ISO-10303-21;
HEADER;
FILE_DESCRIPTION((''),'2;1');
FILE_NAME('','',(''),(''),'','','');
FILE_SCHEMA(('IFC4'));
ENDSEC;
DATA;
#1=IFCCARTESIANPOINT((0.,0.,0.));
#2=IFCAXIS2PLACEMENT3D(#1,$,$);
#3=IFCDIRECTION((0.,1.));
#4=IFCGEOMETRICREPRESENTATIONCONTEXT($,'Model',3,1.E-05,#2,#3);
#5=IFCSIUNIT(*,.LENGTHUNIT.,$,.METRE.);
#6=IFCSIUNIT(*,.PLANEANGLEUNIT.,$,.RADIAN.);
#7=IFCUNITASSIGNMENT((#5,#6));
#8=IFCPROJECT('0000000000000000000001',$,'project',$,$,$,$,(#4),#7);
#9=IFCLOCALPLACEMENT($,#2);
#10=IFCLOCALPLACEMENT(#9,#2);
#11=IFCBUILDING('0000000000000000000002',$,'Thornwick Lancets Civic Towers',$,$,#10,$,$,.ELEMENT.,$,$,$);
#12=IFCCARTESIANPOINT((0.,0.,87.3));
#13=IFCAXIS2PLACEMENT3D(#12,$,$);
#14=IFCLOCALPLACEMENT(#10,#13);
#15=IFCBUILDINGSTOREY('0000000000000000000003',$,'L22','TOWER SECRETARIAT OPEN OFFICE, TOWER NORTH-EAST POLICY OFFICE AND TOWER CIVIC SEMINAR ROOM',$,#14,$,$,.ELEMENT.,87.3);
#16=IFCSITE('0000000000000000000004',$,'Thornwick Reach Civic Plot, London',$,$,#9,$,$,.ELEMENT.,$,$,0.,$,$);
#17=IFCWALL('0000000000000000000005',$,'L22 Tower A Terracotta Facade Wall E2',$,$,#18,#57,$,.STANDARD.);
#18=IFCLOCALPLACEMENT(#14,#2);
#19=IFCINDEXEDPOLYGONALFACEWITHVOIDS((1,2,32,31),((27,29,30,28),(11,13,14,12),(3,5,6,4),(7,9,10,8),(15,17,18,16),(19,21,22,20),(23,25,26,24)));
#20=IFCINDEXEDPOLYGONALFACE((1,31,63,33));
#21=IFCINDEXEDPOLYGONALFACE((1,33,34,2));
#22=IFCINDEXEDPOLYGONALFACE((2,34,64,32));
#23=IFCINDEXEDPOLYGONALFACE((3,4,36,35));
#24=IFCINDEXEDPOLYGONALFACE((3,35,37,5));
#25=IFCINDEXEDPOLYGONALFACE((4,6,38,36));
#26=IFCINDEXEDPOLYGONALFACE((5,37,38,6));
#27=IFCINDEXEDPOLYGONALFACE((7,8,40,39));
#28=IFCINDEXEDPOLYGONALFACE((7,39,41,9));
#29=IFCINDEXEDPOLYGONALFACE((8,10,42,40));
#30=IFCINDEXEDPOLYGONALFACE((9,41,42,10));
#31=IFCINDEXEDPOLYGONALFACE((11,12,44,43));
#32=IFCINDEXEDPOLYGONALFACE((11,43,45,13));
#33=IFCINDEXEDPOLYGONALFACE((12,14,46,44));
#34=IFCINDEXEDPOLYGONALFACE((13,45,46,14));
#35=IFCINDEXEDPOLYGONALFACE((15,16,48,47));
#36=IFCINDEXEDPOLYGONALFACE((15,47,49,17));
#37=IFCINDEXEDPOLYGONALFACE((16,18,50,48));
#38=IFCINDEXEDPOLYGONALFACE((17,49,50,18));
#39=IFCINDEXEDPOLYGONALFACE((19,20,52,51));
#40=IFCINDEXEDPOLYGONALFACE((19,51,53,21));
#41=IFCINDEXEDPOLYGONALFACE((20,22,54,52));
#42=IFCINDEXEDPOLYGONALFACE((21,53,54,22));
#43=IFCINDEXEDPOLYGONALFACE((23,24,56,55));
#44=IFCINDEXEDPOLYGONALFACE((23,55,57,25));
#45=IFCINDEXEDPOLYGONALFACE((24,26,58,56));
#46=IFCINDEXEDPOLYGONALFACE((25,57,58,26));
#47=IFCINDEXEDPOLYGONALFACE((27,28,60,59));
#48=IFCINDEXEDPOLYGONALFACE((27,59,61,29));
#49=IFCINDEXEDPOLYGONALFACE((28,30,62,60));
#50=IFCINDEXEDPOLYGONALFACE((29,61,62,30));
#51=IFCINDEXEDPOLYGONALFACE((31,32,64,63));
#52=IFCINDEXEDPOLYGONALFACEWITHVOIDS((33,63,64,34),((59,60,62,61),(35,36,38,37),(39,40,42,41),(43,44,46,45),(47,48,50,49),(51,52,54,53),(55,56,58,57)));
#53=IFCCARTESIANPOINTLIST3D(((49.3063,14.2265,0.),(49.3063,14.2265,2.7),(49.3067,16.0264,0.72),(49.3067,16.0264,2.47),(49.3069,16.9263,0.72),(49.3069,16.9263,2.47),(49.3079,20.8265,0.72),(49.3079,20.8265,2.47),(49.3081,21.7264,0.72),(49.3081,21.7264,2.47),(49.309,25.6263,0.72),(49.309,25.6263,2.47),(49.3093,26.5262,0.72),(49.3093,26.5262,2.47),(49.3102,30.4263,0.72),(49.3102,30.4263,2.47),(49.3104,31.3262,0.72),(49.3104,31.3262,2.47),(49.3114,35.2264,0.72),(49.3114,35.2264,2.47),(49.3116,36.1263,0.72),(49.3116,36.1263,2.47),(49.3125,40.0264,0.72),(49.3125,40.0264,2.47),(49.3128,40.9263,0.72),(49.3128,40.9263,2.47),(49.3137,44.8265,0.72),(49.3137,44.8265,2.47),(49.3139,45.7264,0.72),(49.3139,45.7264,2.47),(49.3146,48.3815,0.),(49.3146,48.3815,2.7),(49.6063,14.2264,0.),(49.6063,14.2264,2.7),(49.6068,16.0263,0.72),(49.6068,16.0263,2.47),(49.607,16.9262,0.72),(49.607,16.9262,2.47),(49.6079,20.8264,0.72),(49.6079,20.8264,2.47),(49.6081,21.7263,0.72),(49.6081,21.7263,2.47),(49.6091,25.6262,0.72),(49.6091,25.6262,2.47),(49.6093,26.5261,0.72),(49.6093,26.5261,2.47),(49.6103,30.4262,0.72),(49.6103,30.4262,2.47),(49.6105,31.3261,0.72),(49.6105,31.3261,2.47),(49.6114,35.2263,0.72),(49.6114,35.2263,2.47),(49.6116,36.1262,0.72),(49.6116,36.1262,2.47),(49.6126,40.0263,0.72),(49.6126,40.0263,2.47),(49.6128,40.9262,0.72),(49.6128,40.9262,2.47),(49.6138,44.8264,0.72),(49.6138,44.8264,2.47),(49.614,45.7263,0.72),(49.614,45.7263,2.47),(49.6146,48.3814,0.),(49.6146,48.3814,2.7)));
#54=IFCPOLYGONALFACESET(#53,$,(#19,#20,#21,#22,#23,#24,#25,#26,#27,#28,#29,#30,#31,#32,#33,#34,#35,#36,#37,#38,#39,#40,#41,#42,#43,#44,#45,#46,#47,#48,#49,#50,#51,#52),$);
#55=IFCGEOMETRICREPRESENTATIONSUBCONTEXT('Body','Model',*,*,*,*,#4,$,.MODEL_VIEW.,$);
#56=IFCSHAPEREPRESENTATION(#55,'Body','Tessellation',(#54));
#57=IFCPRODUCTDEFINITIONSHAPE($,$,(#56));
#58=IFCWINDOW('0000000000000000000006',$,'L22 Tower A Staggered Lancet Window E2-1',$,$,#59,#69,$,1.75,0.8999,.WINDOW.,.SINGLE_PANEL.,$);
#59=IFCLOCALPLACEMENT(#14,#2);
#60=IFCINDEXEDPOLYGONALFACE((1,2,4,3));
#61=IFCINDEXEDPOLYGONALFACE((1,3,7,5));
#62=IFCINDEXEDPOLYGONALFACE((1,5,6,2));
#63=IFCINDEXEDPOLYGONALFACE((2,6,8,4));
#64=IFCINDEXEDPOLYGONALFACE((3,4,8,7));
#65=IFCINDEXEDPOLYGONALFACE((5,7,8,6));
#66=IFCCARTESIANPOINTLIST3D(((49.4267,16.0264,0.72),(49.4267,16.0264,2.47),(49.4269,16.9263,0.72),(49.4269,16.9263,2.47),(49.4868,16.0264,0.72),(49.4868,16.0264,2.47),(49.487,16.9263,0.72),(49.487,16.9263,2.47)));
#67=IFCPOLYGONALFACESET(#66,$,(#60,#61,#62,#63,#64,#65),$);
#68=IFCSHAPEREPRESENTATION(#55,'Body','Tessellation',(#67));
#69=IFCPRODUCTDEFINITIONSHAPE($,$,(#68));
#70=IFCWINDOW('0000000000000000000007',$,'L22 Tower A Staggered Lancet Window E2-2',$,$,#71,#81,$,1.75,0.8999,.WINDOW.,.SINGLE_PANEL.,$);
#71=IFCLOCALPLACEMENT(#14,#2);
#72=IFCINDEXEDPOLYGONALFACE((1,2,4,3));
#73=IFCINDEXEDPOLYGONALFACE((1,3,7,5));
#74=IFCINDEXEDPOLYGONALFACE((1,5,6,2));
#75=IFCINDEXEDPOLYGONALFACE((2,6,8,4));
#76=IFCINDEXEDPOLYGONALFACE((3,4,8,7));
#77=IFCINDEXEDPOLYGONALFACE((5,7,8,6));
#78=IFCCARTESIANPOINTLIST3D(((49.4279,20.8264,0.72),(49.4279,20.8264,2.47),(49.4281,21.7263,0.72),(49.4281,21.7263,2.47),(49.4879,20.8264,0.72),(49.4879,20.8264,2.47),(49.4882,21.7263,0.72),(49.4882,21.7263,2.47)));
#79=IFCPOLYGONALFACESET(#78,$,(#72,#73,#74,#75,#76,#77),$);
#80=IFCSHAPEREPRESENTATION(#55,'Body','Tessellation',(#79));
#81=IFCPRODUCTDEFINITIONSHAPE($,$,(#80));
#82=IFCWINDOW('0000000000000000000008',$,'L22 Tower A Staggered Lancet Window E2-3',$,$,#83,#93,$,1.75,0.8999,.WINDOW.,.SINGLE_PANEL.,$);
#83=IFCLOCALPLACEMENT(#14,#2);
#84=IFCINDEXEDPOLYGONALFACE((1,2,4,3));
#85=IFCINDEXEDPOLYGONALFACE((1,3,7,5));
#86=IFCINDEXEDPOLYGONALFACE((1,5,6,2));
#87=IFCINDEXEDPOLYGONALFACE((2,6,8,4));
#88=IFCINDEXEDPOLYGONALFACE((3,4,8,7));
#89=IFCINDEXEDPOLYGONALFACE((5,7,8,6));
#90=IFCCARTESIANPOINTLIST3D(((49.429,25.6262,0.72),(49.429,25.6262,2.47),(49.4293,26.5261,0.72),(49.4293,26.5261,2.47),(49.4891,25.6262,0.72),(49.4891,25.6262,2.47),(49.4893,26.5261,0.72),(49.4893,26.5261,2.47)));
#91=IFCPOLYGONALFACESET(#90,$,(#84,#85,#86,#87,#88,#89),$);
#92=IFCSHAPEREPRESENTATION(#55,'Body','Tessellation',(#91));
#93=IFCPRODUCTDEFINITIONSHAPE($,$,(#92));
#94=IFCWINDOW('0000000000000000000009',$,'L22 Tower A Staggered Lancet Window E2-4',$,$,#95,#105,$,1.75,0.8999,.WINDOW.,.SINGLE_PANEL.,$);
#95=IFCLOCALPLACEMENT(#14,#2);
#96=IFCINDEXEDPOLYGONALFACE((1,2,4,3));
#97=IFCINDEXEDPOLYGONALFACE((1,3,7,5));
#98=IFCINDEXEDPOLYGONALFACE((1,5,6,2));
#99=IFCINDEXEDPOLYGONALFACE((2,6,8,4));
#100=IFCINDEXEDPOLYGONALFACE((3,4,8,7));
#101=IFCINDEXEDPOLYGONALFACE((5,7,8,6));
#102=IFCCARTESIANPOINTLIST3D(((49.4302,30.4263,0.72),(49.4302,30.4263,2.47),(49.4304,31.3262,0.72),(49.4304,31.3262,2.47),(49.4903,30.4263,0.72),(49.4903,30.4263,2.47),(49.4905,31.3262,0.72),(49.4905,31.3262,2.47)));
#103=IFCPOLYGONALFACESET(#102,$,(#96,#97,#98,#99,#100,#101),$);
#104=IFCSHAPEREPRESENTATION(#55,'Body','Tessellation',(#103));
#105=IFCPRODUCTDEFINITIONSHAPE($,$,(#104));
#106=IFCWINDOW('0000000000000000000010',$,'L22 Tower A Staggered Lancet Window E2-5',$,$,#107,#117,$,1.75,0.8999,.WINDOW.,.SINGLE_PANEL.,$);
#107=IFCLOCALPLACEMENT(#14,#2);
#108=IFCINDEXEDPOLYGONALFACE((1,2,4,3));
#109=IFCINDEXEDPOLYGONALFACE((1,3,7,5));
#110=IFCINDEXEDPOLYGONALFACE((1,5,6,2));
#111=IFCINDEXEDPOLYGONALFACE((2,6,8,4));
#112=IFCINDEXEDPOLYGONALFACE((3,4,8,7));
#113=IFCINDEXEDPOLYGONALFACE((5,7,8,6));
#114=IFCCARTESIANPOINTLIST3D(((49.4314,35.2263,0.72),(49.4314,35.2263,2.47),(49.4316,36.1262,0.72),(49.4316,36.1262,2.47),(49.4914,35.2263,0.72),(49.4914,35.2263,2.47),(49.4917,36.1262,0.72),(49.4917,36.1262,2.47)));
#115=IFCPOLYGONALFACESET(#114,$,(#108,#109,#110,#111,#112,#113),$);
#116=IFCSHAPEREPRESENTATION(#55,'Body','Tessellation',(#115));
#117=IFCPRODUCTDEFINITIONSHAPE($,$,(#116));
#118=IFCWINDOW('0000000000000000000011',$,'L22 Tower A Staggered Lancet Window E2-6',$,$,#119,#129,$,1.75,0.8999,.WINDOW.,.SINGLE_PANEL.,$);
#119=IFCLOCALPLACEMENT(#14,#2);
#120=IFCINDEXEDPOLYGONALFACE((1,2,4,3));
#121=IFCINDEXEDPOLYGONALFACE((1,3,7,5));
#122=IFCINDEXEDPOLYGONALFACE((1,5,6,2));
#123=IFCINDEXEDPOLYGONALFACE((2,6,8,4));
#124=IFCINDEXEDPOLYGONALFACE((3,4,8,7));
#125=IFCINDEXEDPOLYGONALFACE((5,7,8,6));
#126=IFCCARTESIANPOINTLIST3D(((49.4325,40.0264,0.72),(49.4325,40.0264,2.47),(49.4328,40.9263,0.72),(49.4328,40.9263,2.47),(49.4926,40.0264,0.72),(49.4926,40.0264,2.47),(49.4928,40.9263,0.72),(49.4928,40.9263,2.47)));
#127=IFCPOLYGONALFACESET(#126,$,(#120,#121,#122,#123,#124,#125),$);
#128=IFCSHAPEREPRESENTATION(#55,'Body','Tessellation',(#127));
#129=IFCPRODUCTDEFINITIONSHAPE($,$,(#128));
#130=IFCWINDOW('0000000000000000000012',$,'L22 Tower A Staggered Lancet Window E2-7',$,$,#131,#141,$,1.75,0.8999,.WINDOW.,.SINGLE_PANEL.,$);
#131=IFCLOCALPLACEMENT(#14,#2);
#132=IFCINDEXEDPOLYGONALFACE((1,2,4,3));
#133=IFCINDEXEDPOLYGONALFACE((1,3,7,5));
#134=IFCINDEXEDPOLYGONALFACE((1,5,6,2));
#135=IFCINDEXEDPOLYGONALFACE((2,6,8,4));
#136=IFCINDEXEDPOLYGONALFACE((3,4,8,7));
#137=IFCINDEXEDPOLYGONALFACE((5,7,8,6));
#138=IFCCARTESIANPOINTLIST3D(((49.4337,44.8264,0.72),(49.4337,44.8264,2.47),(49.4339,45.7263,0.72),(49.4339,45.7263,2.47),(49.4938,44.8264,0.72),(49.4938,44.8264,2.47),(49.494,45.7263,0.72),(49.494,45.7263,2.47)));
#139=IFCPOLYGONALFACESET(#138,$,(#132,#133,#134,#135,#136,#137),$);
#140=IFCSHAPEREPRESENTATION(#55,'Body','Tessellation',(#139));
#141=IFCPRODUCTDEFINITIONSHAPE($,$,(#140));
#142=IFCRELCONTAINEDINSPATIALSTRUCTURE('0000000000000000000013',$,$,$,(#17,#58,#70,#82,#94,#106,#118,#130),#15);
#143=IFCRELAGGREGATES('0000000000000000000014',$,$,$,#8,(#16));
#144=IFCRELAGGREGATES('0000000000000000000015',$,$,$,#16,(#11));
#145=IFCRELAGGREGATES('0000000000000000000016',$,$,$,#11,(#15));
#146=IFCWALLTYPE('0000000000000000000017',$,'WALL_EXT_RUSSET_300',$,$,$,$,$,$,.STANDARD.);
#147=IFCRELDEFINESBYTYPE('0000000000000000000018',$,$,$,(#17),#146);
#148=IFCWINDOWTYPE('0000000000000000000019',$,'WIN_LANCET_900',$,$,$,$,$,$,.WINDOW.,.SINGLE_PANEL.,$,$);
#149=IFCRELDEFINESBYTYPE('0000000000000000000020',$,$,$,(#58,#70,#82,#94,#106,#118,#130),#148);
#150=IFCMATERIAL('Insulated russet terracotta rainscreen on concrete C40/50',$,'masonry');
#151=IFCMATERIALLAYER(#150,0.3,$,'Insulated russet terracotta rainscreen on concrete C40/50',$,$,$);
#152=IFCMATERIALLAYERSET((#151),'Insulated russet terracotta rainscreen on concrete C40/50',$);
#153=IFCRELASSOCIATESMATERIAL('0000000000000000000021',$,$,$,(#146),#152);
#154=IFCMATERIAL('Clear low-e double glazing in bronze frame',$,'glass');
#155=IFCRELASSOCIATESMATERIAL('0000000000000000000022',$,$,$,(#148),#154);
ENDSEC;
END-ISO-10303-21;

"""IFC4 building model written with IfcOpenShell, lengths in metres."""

from ifc_helpers import new_model, si_unit, direction, frame, frame_2d, origin, place, context, subcontext, project, spatial, rectangle, extrude, material, layer, layer_set, type_object, element, fill, save


model = new_model("IFC4")

# Units and contexts
model_context = context("Model", 3, precision=1e-05, world=origin(), true_north=direction((0.0, 1.0)))
body_context = subcontext(model_context, "Body", "Model", "MODEL_VIEW")
ifc_project = project(units=[si_unit("LENGTHUNIT", "METRE"), si_unit("PLANEANGLEUNIT", "RADIAN")], contexts=[model_context])

# Site, building, storey
site_placement = place(None, origin())
site = spatial("IfcSite", under=ifc_project, at=site_placement, Name="Thornwick Reach Civic Plot, London", CompositionType="ELEMENT", RefElevation=0.0)
building_placement = place(site_placement, origin())
building = spatial("IfcBuilding", under=site, at=building_placement, Name="Thornwick Lancets Civic Towers", CompositionType="ELEMENT")
storey_placement = place(building_placement, frame((0.0, 0.0, 87.3)))
storey = spatial("IfcBuildingStorey", under=building, at=storey_placement, Name="L22", Description="TOWER SECRETARIAT OPEN OFFICE, TOWER NORTH-EAST POLICY OFFICE AND TOWER CIVIC SEMINAR ROOM", CompositionType="ELEMENT", Elevation=87.3)

# Wall, openings, windows
ifc_material_1 = material(Name="Insulated russet terracotta rainscreen on concrete C40/50", Category="masonry")
ifc_layer_1 = layer(ifc_material_1, 0.3, Name="Insulated russet terracotta rainscreen on concrete C40/50")
ifc_layer_set_1 = layer_set([ifc_layer_1], Name="Insulated russet terracotta rainscreen on concrete C40/50")
wall_type_1 = type_object("IfcWallType", Name="WALL_EXT_RUSSET_300", PredefinedType="STANDARD", material=ifc_layer_set_1)
wall_1_placement = place(storey_placement, frame((49.4563, 14.2263, 0.0), z_axis=(0.0, 0.0, 1.0), x_axis=(0.000243, 1.0, 0.0)))
wall_1 = element("IfcWall", 1, at=wall_1_placement, inside=storey, type_object=wall_type_1, Name="L22 Tower A Terracotta Facade Wall E2", PredefinedType="STANDARD", context=body_context, shape_type="SweptSolid", body=[
    extrude(rectangle(XDim=34.155, YDim=0.3, at=frame_2d((17.0776, 0.0))), origin(), (0.0, 0.0, 1.0), 2.7),
])
opening_1_placement = place(wall_1_placement, frame((1.8, 0.0, 0.72)))
opening_1 = element("IfcOpeningElement", 2, at=opening_1_placement, cuts=wall_1, PredefinedType="OPENING", context=body_context, shape_type="SweptSolid", body=[
    extrude(rectangle(XDim=0.8999, YDim=1.75, at=frame_2d((0.45, 0.875))), frame((0.0, 0.1602, 0.0), z_axis=(0.0, -1.0, 0.0), x_axis=(1.0, 0.0, 0.0)), (0.0, 0.0, 1.0), 0.3201),
])
opening_2_placement = place(wall_1_placement, frame((6.6001, 0.0, 0.72)))
opening_2 = element("IfcOpeningElement", 3, at=opening_2_placement, cuts=wall_1, PredefinedType="OPENING", context=body_context, shape_type="SweptSolid", body=[
    extrude(rectangle(XDim=0.8999, YDim=1.75, at=frame_2d((0.45, 0.875))), frame((0.0, 0.1602, 0.0), z_axis=(0.0, -1.0, 0.0), x_axis=(1.0, 0.0, 0.0)), (0.0, 0.0, 1.0), 0.3201),
])
opening_3_placement = place(wall_1_placement, frame((11.3999, 0.0, 0.72)))
opening_3 = element("IfcOpeningElement", 4, at=opening_3_placement, cuts=wall_1, PredefinedType="OPENING", context=body_context, shape_type="SweptSolid", body=[
    extrude(rectangle(XDim=0.8999, YDim=1.75, at=frame_2d((0.45, 0.875))), frame((0.0, 0.1602, 0.0), z_axis=(0.0, -1.0, 0.0), x_axis=(1.0, 0.0, 0.0)), (0.0, 0.0, 1.0), 0.3201),
])
opening_4_placement = place(wall_1_placement, frame((16.2, 0.0, 0.72)))
opening_4 = element("IfcOpeningElement", 5, at=opening_4_placement, cuts=wall_1, PredefinedType="OPENING", context=body_context, shape_type="SweptSolid", body=[
    extrude(rectangle(XDim=0.8999, YDim=1.75, at=frame_2d((0.45, 0.875))), frame((0.0, 0.1602, 0.0), z_axis=(0.0, -1.0, 0.0), x_axis=(1.0, 0.0, 0.0)), (0.0, 0.0, 1.0), 0.3201),
])
opening_5_placement = place(wall_1_placement, frame((21.0, 0.0, 0.72)))
opening_5 = element("IfcOpeningElement", 6, at=opening_5_placement, cuts=wall_1, PredefinedType="OPENING", context=body_context, shape_type="SweptSolid", body=[
    extrude(rectangle(XDim=0.8999, YDim=1.75, at=frame_2d((0.45, 0.875))), frame((0.0, 0.1602, 0.0), z_axis=(0.0, -1.0, 0.0), x_axis=(1.0, 0.0, 0.0)), (0.0, 0.0, 1.0), 0.3201),
])
opening_6_placement = place(wall_1_placement, frame((25.8, 0.0, 0.72)))
opening_6 = element("IfcOpeningElement", 7, at=opening_6_placement, cuts=wall_1, PredefinedType="OPENING", context=body_context, shape_type="SweptSolid", body=[
    extrude(rectangle(XDim=0.8999, YDim=1.75, at=frame_2d((0.45, 0.875))), frame((0.0, 0.1602, 0.0), z_axis=(0.0, -1.0, 0.0), x_axis=(1.0, 0.0, 0.0)), (0.0, 0.0, 1.0), 0.3201),
])
opening_7_placement = place(wall_1_placement, frame((30.6001, 0.0, 0.72)))
opening_7 = element("IfcOpeningElement", 8, at=opening_7_placement, cuts=wall_1, PredefinedType="OPENING", context=body_context, shape_type="SweptSolid", body=[
    extrude(rectangle(XDim=0.8999, YDim=1.75, at=frame_2d((0.45, 0.875))), frame((0.0, 0.1602, 0.0), z_axis=(0.0, -1.0, 0.0), x_axis=(1.0, 0.0, 0.0)), (0.0, 0.0, 1.0), 0.3201),
])
ifc_material_2 = material(Name="Clear low-e double glazing in bronze frame", Category="glass")
window_type = type_object("IfcWindowType", Name="WIN_LANCET_900", PartitioningType="SINGLE_PANEL", PredefinedType="WINDOW", material=ifc_material_2)
window_1_placement = place(opening_1_placement, origin())
window_1 = element("IfcWindow", 9, at=window_1_placement, inside=storey, type_object=window_type, Name="L22 Tower A Staggered Lancet Window E2-1", OverallHeight=1.75, OverallWidth=0.8999, PartitioningType="SINGLE_PANEL", PredefinedType="WINDOW", context=body_context, shape_type="SweptSolid", body=[
    extrude(rectangle(XDim=0.8999, YDim=1.75, at=frame_2d((0.45, 0.875))), frame((0.0, 0.03, 0.0), z_axis=(0.0, -1.0, 0.0), x_axis=(1.0, 0.0, 0.0)), (0.0, 0.0, 1.0), 0.0601),
])
fill(opening_1, window_1)
window_2_placement = place(opening_2_placement, origin())
window_2 = element("IfcWindow", 10, at=window_2_placement, inside=storey, type_object=window_type, Name="L22 Tower A Staggered Lancet Window E2-2", OverallHeight=1.75, OverallWidth=0.8999, PartitioningType="SINGLE_PANEL", PredefinedType="WINDOW", context=body_context, shape_type="SweptSolid", body=[
    extrude(rectangle(XDim=0.8999, YDim=1.75, at=frame_2d((0.45, 0.875))), frame((0.0, 0.03, 0.0), z_axis=(0.0, -1.0, 0.0), x_axis=(1.0, 0.0, 0.0)), (0.0, 0.0, 1.0), 0.0601),
])
fill(opening_2, window_2)
window_3_placement = place(opening_3_placement, origin())
window_3 = element("IfcWindow", 11, at=window_3_placement, inside=storey, type_object=window_type, Name="L22 Tower A Staggered Lancet Window E2-3", OverallHeight=1.75, OverallWidth=0.8999, PartitioningType="SINGLE_PANEL", PredefinedType="WINDOW", context=body_context, shape_type="SweptSolid", body=[
    extrude(rectangle(XDim=0.8999, YDim=1.75, at=frame_2d((0.45, 0.875))), frame((0.0, 0.03, 0.0), z_axis=(0.0, -1.0, 0.0), x_axis=(1.0, 0.0, 0.0)), (0.0, 0.0, 1.0), 0.0601),
])
fill(opening_3, window_3)
window_4_placement = place(opening_4_placement, origin())
window_4 = element("IfcWindow", 12, at=window_4_placement, inside=storey, type_object=window_type, Name="L22 Tower A Staggered Lancet Window E2-4", OverallHeight=1.75, OverallWidth=0.8999, PartitioningType="SINGLE_PANEL", PredefinedType="WINDOW", context=body_context, shape_type="SweptSolid", body=[
    extrude(rectangle(XDim=0.8999, YDim=1.75, at=frame_2d((0.45, 0.875))), frame((0.0, 0.03, 0.0), z_axis=(0.0, -1.0, 0.0), x_axis=(1.0, 0.0, 0.0)), (0.0, 0.0, 1.0), 0.0601),
])
fill(opening_4, window_4)
window_5_placement = place(opening_5_placement, origin())
window_5 = element("IfcWindow", 13, at=window_5_placement, inside=storey, type_object=window_type, Name="L22 Tower A Staggered Lancet Window E2-5", OverallHeight=1.75, OverallWidth=0.8999, PartitioningType="SINGLE_PANEL", PredefinedType="WINDOW", context=body_context, shape_type="SweptSolid", body=[
    extrude(rectangle(XDim=0.8999, YDim=1.75, at=frame_2d((0.45, 0.875))), frame((0.0, 0.03, 0.0), z_axis=(0.0, -1.0, 0.0), x_axis=(1.0, 0.0, 0.0)), (0.0, 0.0, 1.0), 0.0601),
])
fill(opening_5, window_5)
window_6_placement = place(opening_6_placement, origin())
window_6 = element("IfcWindow", 14, at=window_6_placement, inside=storey, type_object=window_type, Name="L22 Tower A Staggered Lancet Window E2-6", OverallHeight=1.75, OverallWidth=0.8999, PartitioningType="SINGLE_PANEL", PredefinedType="WINDOW", context=body_context, shape_type="SweptSolid", body=[
    extrude(rectangle(XDim=0.8999, YDim=1.75, at=frame_2d((0.45, 0.875))), frame((0.0, 0.03, 0.0), z_axis=(0.0, -1.0, 0.0), x_axis=(1.0, 0.0, 0.0)), (0.0, 0.0, 1.0), 0.0601),
])
fill(opening_6, window_6)
window_7_placement = place(opening_7_placement, origin())
window_7 = element("IfcWindow", 15, at=window_7_placement, inside=storey, type_object=window_type, Name="L22 Tower A Staggered Lancet Window E2-7", OverallHeight=1.75, OverallWidth=0.8999, PartitioningType="SINGLE_PANEL", PredefinedType="WINDOW", context=body_context, shape_type="SweptSolid", body=[
    extrude(rectangle(XDim=0.8999, YDim=1.75, at=frame_2d((0.45, 0.875))), frame((0.0, 0.03, 0.0), z_axis=(0.0, -1.0, 0.0), x_axis=(1.0, 0.0, 0.0)), (0.0, 0.0, 1.0), 0.0601),
])
fill(opening_7, window_7)

save(model, "model.ifc")
